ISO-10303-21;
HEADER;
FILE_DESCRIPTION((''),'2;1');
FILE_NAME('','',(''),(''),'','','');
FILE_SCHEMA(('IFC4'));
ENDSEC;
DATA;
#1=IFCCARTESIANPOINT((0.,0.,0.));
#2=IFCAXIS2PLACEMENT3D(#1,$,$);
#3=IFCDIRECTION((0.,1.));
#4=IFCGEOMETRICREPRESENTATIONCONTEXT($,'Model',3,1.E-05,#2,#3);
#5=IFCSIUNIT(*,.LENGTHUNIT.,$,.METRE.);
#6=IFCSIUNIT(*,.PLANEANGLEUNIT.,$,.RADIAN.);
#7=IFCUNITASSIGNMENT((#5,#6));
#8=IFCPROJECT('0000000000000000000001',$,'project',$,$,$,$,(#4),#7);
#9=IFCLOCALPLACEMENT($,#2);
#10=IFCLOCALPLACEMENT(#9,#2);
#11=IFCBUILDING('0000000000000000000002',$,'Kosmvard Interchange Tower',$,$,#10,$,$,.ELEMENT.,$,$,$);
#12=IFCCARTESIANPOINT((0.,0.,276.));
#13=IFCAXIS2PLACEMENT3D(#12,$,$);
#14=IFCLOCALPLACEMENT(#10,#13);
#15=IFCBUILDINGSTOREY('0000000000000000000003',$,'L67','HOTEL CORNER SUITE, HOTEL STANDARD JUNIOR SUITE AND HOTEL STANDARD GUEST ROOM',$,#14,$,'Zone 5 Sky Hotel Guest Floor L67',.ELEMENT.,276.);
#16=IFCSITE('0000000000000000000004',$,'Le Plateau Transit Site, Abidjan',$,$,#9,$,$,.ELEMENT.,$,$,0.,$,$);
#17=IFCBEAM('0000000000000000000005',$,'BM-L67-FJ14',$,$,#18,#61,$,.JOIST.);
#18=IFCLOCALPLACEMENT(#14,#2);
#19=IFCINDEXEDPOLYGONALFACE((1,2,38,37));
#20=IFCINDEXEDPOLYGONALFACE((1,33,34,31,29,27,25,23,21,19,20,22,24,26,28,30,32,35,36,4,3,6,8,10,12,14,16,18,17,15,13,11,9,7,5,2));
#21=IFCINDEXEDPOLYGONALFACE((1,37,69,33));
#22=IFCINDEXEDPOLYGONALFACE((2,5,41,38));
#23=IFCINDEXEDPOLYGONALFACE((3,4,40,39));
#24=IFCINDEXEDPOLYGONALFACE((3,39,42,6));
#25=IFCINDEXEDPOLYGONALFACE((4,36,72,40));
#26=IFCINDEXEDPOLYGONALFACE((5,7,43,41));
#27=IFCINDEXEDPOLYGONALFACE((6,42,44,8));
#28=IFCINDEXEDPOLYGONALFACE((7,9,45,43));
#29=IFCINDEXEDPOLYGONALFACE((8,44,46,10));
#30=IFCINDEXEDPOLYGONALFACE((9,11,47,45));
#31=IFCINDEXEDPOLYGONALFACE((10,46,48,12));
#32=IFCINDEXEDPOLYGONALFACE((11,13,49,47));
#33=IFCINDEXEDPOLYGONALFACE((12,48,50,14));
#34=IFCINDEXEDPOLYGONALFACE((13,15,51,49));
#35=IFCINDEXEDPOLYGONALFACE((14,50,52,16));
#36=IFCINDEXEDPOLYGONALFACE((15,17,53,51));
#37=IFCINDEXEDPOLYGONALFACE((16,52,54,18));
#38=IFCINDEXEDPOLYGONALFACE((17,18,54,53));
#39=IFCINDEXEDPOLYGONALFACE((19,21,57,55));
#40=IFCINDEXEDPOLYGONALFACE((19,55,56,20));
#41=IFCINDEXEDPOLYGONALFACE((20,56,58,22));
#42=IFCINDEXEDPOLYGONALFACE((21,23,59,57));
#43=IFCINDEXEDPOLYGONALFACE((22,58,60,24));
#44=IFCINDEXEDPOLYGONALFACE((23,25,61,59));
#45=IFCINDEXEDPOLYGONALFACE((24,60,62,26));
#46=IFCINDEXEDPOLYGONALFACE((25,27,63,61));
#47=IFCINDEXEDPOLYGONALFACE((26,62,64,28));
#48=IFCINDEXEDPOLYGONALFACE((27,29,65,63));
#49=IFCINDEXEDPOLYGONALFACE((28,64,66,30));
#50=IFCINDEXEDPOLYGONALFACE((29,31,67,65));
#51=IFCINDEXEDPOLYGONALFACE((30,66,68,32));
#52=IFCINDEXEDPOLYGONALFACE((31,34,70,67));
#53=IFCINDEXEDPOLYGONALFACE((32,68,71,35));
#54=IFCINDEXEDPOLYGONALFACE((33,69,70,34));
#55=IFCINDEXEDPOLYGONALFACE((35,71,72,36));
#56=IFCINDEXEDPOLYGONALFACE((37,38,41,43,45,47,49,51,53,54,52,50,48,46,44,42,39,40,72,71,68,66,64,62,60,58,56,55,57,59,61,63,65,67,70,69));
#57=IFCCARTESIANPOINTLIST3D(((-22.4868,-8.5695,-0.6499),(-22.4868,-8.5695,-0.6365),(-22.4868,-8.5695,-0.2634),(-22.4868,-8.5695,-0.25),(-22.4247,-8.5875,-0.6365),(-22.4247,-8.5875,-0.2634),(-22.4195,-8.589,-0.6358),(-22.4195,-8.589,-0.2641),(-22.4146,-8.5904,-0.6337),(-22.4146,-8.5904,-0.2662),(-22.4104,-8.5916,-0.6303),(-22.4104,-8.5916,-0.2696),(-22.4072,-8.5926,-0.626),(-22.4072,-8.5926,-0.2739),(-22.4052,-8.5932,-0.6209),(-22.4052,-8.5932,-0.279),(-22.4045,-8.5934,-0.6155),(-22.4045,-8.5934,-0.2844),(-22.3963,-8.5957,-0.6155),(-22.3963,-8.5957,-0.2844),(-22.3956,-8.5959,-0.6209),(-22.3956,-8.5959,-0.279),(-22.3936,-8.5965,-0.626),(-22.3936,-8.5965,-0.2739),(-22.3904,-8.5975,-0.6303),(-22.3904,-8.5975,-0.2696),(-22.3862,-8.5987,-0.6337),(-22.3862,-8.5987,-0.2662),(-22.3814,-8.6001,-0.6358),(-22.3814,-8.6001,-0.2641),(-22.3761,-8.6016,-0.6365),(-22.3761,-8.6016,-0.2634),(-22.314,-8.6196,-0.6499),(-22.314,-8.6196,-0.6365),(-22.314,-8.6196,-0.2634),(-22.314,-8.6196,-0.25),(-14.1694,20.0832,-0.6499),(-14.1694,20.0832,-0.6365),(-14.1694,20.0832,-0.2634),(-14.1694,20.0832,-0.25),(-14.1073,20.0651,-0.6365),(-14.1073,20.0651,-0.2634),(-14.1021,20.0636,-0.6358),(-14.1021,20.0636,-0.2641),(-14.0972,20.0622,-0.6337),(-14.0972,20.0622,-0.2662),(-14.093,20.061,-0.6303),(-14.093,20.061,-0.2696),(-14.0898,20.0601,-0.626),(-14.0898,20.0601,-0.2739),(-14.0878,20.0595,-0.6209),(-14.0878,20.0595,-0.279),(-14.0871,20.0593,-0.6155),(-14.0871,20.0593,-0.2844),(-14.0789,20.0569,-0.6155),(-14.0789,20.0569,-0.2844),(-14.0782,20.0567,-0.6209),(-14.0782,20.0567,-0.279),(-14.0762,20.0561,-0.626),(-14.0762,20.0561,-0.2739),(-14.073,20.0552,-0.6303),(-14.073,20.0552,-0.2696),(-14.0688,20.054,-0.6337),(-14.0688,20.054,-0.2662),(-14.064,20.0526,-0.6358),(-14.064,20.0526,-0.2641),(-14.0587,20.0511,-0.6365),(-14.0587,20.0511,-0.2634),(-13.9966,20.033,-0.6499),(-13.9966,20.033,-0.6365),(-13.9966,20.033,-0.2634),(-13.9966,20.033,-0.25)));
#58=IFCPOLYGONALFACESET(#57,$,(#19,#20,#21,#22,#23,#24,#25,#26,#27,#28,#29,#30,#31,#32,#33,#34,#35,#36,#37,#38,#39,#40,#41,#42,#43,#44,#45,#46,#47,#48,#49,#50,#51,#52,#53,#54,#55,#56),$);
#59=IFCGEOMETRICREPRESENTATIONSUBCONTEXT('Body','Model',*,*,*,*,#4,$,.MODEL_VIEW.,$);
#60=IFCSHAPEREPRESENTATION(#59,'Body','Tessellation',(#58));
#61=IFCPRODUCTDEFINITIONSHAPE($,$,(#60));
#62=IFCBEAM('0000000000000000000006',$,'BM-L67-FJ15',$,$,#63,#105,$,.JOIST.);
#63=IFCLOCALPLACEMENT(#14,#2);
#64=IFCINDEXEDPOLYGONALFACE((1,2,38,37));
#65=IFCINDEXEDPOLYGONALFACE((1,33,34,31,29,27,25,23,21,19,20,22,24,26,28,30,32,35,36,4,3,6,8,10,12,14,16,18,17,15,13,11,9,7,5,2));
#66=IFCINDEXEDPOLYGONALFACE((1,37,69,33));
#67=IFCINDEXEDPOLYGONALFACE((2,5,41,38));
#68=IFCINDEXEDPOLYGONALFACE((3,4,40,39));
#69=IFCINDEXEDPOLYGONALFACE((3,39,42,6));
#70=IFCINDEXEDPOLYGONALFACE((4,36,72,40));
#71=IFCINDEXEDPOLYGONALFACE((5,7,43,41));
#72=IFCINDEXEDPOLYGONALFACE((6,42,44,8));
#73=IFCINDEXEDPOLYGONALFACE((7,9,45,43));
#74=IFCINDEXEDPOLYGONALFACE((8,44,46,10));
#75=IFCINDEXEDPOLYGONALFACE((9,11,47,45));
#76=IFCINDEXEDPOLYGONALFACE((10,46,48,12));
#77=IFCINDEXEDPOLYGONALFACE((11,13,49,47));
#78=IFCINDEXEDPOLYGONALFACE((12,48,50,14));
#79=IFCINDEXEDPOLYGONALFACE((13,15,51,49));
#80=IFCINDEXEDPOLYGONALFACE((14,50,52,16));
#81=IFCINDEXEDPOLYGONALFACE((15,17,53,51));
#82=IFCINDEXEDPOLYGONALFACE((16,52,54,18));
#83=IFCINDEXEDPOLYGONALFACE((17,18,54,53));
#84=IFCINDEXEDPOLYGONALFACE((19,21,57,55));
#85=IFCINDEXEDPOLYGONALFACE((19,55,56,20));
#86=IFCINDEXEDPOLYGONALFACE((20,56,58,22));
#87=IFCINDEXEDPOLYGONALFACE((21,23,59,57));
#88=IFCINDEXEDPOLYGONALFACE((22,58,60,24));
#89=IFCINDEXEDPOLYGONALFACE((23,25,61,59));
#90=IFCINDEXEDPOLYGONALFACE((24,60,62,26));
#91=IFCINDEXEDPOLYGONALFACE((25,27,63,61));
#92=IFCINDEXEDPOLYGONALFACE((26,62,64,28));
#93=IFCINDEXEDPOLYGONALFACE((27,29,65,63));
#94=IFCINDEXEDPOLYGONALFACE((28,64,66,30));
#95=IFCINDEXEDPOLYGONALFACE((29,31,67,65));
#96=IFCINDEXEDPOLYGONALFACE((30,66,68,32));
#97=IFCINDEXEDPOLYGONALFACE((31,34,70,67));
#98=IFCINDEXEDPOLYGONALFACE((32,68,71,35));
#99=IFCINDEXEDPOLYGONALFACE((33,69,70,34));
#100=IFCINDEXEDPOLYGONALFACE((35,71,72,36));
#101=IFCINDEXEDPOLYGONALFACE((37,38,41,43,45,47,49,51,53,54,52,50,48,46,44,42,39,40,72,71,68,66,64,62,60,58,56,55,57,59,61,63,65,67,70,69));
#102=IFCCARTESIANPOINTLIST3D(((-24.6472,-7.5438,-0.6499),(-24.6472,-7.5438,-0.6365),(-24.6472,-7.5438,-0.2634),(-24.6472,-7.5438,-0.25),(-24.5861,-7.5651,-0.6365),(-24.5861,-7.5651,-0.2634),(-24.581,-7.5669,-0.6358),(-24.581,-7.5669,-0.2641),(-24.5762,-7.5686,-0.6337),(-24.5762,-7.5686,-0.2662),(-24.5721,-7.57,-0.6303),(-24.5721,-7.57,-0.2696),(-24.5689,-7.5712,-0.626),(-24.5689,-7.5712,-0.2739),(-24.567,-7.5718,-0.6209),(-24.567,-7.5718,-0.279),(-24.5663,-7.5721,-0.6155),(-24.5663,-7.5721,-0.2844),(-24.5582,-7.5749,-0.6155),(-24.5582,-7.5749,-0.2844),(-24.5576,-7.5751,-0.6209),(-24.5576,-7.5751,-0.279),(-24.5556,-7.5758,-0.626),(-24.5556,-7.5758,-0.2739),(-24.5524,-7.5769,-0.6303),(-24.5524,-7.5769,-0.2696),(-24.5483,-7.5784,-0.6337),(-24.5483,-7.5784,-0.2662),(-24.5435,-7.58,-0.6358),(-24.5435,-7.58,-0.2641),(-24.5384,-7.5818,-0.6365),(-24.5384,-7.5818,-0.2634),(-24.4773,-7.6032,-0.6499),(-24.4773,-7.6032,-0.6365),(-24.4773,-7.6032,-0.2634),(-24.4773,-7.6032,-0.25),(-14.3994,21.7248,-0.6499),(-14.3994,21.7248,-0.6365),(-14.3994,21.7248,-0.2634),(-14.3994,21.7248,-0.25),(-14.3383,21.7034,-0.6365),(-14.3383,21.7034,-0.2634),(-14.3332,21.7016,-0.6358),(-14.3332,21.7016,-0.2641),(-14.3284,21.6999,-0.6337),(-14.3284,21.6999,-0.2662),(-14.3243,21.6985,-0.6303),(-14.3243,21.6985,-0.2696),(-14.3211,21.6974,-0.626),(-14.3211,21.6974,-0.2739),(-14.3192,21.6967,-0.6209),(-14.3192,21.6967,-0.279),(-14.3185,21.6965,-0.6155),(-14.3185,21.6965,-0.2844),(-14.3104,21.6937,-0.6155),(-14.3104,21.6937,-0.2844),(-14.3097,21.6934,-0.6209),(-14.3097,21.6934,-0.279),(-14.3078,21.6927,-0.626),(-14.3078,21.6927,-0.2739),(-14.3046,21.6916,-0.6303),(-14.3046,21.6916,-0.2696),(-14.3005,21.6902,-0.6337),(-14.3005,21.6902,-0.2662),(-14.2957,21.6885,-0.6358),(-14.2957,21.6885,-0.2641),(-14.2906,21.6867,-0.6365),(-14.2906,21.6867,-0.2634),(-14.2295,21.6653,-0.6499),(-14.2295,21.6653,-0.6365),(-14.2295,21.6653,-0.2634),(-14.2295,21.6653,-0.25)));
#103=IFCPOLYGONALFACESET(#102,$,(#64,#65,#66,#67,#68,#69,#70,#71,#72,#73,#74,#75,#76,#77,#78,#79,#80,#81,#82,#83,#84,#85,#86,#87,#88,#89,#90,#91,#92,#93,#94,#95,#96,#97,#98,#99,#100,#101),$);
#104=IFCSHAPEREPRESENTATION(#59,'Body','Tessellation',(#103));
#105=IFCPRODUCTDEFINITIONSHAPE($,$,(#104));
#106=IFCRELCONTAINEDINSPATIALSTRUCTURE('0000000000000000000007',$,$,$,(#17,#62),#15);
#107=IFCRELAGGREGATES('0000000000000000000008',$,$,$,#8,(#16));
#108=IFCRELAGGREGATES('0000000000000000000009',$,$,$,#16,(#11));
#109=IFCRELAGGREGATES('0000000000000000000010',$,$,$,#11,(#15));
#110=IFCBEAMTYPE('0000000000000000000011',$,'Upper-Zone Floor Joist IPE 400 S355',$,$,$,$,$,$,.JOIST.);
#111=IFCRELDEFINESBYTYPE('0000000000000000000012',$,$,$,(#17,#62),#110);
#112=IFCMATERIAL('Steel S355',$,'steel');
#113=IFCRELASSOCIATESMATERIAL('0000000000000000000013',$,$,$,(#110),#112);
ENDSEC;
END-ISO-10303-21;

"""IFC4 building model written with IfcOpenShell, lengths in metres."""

from ifc_helpers import new_model, si_unit, direction, frame, origin, origin_2d, place, context, subcontext, project, spatial, i_section, extrude, source, transform, mapped, material, material_profile, profile_set, type_object, element, save


model = new_model("IFC4")

# Units and contexts
model_context = context("Model", 3, precision=1e-05, world=origin(), true_north=direction((0.0, 1.0)))
body_context = subcontext(model_context, "Body", "Model", "MODEL_VIEW")
ifc_project = project(units=[si_unit("LENGTHUNIT", "METRE"), si_unit("PLANEANGLEUNIT", "RADIAN")], contexts=[model_context])

# Site, building, storey
site_placement = place(None, origin())
site = spatial("IfcSite", under=ifc_project, at=site_placement, Name="Le Plateau Transit Site, Abidjan", CompositionType="ELEMENT", RefElevation=0.0)
building_placement = place(site_placement, origin())
building = spatial("IfcBuilding", under=site, at=building_placement, Name="Kosmvard Interchange Tower", CompositionType="ELEMENT")
storey_placement = place(building_placement, frame((0.0, 0.0, 276.0)))
storey = spatial("IfcBuildingStorey", under=building, at=storey_placement, Name="L67", Description="HOTEL CORNER SUITE, HOTEL STANDARD JUNIOR SUITE AND HOTEL STANDARD GUEST ROOM", LongName="Zone 5 Sky Hotel Guest Floor L67", CompositionType="ELEMENT", Elevation=276.0)

# Beams
ifc_material_1 = material(Name="Steel S355", Category="steel")
ifc_material_profile_1 = material_profile(ifc_material_1, i_section(OverallWidth=0.1799, OverallDepth=0.3999, WebThickness=0.0085, FlangeThickness=0.0134, FilletRadius=0.021, at=origin_2d()), Name="IPE 400")
ifc_profile_set_1 = profile_set([ifc_material_profile_1], Name="Steel S355")
beam_type_1 = type_object("IfcBeamType", Name="Upper-Zone Floor Joist IPE 400 S355", PredefinedType="JOIST", material=ifc_profile_set_1)
shared_shape_1 = source(origin(), body_context, "Body", "SweptSolid", [
    extrude(i_section(OverallWidth=0.1799, OverallDepth=0.3999, WebThickness=0.0085, FlangeThickness=0.0134, FilletRadius=0.021, at=origin_2d()), origin(), (0.0, 0.0, 1.0), 29.8354),
])
beam_1_placement = place(storey_placement, frame((-14.083, 20.0581, -0.45), z_axis=(-0.278776, -0.960356, 0.0), x_axis=(0.960356, -0.278776, 0.0)))
element("IfcBeam", 1, at=beam_1_placement, inside=storey, type_object=beam_type_1, Name="BM-L67-FJ14", PredefinedType="JOIST", context=body_context, shape_type="MappedRepresentation", body=[
    mapped(shared_shape_1, transform((0.0, 0.0, 0.0), scale=1.0)),
])
shared_shape_2 = source(origin(), body_context, "Body", "SweptSolid", [
    extrude(i_section(OverallWidth=0.1799, OverallDepth=0.3999, WebThickness=0.0085, FlangeThickness=0.0134, FilletRadius=0.021, at=origin_2d()), origin(), (0.0, 0.0, 1.0), 31.0107),
])
beam_2_placement = place(storey_placement, frame((-14.3145, 21.6951, -0.45), z_axis=(-0.33046, -0.94382, 0.0), x_axis=(0.94382, -0.33046, 0.0)))
element("IfcBeam", 2, at=beam_2_placement, inside=storey, type_object=beam_type_1, Name="BM-L67-FJ15", PredefinedType="JOIST", context=body_context, shape_type="MappedRepresentation", body=[
    mapped(shared_shape_2, transform((0.0, 0.0, 0.0), scale=1.0)),
])

save(model, "model.ifc")
